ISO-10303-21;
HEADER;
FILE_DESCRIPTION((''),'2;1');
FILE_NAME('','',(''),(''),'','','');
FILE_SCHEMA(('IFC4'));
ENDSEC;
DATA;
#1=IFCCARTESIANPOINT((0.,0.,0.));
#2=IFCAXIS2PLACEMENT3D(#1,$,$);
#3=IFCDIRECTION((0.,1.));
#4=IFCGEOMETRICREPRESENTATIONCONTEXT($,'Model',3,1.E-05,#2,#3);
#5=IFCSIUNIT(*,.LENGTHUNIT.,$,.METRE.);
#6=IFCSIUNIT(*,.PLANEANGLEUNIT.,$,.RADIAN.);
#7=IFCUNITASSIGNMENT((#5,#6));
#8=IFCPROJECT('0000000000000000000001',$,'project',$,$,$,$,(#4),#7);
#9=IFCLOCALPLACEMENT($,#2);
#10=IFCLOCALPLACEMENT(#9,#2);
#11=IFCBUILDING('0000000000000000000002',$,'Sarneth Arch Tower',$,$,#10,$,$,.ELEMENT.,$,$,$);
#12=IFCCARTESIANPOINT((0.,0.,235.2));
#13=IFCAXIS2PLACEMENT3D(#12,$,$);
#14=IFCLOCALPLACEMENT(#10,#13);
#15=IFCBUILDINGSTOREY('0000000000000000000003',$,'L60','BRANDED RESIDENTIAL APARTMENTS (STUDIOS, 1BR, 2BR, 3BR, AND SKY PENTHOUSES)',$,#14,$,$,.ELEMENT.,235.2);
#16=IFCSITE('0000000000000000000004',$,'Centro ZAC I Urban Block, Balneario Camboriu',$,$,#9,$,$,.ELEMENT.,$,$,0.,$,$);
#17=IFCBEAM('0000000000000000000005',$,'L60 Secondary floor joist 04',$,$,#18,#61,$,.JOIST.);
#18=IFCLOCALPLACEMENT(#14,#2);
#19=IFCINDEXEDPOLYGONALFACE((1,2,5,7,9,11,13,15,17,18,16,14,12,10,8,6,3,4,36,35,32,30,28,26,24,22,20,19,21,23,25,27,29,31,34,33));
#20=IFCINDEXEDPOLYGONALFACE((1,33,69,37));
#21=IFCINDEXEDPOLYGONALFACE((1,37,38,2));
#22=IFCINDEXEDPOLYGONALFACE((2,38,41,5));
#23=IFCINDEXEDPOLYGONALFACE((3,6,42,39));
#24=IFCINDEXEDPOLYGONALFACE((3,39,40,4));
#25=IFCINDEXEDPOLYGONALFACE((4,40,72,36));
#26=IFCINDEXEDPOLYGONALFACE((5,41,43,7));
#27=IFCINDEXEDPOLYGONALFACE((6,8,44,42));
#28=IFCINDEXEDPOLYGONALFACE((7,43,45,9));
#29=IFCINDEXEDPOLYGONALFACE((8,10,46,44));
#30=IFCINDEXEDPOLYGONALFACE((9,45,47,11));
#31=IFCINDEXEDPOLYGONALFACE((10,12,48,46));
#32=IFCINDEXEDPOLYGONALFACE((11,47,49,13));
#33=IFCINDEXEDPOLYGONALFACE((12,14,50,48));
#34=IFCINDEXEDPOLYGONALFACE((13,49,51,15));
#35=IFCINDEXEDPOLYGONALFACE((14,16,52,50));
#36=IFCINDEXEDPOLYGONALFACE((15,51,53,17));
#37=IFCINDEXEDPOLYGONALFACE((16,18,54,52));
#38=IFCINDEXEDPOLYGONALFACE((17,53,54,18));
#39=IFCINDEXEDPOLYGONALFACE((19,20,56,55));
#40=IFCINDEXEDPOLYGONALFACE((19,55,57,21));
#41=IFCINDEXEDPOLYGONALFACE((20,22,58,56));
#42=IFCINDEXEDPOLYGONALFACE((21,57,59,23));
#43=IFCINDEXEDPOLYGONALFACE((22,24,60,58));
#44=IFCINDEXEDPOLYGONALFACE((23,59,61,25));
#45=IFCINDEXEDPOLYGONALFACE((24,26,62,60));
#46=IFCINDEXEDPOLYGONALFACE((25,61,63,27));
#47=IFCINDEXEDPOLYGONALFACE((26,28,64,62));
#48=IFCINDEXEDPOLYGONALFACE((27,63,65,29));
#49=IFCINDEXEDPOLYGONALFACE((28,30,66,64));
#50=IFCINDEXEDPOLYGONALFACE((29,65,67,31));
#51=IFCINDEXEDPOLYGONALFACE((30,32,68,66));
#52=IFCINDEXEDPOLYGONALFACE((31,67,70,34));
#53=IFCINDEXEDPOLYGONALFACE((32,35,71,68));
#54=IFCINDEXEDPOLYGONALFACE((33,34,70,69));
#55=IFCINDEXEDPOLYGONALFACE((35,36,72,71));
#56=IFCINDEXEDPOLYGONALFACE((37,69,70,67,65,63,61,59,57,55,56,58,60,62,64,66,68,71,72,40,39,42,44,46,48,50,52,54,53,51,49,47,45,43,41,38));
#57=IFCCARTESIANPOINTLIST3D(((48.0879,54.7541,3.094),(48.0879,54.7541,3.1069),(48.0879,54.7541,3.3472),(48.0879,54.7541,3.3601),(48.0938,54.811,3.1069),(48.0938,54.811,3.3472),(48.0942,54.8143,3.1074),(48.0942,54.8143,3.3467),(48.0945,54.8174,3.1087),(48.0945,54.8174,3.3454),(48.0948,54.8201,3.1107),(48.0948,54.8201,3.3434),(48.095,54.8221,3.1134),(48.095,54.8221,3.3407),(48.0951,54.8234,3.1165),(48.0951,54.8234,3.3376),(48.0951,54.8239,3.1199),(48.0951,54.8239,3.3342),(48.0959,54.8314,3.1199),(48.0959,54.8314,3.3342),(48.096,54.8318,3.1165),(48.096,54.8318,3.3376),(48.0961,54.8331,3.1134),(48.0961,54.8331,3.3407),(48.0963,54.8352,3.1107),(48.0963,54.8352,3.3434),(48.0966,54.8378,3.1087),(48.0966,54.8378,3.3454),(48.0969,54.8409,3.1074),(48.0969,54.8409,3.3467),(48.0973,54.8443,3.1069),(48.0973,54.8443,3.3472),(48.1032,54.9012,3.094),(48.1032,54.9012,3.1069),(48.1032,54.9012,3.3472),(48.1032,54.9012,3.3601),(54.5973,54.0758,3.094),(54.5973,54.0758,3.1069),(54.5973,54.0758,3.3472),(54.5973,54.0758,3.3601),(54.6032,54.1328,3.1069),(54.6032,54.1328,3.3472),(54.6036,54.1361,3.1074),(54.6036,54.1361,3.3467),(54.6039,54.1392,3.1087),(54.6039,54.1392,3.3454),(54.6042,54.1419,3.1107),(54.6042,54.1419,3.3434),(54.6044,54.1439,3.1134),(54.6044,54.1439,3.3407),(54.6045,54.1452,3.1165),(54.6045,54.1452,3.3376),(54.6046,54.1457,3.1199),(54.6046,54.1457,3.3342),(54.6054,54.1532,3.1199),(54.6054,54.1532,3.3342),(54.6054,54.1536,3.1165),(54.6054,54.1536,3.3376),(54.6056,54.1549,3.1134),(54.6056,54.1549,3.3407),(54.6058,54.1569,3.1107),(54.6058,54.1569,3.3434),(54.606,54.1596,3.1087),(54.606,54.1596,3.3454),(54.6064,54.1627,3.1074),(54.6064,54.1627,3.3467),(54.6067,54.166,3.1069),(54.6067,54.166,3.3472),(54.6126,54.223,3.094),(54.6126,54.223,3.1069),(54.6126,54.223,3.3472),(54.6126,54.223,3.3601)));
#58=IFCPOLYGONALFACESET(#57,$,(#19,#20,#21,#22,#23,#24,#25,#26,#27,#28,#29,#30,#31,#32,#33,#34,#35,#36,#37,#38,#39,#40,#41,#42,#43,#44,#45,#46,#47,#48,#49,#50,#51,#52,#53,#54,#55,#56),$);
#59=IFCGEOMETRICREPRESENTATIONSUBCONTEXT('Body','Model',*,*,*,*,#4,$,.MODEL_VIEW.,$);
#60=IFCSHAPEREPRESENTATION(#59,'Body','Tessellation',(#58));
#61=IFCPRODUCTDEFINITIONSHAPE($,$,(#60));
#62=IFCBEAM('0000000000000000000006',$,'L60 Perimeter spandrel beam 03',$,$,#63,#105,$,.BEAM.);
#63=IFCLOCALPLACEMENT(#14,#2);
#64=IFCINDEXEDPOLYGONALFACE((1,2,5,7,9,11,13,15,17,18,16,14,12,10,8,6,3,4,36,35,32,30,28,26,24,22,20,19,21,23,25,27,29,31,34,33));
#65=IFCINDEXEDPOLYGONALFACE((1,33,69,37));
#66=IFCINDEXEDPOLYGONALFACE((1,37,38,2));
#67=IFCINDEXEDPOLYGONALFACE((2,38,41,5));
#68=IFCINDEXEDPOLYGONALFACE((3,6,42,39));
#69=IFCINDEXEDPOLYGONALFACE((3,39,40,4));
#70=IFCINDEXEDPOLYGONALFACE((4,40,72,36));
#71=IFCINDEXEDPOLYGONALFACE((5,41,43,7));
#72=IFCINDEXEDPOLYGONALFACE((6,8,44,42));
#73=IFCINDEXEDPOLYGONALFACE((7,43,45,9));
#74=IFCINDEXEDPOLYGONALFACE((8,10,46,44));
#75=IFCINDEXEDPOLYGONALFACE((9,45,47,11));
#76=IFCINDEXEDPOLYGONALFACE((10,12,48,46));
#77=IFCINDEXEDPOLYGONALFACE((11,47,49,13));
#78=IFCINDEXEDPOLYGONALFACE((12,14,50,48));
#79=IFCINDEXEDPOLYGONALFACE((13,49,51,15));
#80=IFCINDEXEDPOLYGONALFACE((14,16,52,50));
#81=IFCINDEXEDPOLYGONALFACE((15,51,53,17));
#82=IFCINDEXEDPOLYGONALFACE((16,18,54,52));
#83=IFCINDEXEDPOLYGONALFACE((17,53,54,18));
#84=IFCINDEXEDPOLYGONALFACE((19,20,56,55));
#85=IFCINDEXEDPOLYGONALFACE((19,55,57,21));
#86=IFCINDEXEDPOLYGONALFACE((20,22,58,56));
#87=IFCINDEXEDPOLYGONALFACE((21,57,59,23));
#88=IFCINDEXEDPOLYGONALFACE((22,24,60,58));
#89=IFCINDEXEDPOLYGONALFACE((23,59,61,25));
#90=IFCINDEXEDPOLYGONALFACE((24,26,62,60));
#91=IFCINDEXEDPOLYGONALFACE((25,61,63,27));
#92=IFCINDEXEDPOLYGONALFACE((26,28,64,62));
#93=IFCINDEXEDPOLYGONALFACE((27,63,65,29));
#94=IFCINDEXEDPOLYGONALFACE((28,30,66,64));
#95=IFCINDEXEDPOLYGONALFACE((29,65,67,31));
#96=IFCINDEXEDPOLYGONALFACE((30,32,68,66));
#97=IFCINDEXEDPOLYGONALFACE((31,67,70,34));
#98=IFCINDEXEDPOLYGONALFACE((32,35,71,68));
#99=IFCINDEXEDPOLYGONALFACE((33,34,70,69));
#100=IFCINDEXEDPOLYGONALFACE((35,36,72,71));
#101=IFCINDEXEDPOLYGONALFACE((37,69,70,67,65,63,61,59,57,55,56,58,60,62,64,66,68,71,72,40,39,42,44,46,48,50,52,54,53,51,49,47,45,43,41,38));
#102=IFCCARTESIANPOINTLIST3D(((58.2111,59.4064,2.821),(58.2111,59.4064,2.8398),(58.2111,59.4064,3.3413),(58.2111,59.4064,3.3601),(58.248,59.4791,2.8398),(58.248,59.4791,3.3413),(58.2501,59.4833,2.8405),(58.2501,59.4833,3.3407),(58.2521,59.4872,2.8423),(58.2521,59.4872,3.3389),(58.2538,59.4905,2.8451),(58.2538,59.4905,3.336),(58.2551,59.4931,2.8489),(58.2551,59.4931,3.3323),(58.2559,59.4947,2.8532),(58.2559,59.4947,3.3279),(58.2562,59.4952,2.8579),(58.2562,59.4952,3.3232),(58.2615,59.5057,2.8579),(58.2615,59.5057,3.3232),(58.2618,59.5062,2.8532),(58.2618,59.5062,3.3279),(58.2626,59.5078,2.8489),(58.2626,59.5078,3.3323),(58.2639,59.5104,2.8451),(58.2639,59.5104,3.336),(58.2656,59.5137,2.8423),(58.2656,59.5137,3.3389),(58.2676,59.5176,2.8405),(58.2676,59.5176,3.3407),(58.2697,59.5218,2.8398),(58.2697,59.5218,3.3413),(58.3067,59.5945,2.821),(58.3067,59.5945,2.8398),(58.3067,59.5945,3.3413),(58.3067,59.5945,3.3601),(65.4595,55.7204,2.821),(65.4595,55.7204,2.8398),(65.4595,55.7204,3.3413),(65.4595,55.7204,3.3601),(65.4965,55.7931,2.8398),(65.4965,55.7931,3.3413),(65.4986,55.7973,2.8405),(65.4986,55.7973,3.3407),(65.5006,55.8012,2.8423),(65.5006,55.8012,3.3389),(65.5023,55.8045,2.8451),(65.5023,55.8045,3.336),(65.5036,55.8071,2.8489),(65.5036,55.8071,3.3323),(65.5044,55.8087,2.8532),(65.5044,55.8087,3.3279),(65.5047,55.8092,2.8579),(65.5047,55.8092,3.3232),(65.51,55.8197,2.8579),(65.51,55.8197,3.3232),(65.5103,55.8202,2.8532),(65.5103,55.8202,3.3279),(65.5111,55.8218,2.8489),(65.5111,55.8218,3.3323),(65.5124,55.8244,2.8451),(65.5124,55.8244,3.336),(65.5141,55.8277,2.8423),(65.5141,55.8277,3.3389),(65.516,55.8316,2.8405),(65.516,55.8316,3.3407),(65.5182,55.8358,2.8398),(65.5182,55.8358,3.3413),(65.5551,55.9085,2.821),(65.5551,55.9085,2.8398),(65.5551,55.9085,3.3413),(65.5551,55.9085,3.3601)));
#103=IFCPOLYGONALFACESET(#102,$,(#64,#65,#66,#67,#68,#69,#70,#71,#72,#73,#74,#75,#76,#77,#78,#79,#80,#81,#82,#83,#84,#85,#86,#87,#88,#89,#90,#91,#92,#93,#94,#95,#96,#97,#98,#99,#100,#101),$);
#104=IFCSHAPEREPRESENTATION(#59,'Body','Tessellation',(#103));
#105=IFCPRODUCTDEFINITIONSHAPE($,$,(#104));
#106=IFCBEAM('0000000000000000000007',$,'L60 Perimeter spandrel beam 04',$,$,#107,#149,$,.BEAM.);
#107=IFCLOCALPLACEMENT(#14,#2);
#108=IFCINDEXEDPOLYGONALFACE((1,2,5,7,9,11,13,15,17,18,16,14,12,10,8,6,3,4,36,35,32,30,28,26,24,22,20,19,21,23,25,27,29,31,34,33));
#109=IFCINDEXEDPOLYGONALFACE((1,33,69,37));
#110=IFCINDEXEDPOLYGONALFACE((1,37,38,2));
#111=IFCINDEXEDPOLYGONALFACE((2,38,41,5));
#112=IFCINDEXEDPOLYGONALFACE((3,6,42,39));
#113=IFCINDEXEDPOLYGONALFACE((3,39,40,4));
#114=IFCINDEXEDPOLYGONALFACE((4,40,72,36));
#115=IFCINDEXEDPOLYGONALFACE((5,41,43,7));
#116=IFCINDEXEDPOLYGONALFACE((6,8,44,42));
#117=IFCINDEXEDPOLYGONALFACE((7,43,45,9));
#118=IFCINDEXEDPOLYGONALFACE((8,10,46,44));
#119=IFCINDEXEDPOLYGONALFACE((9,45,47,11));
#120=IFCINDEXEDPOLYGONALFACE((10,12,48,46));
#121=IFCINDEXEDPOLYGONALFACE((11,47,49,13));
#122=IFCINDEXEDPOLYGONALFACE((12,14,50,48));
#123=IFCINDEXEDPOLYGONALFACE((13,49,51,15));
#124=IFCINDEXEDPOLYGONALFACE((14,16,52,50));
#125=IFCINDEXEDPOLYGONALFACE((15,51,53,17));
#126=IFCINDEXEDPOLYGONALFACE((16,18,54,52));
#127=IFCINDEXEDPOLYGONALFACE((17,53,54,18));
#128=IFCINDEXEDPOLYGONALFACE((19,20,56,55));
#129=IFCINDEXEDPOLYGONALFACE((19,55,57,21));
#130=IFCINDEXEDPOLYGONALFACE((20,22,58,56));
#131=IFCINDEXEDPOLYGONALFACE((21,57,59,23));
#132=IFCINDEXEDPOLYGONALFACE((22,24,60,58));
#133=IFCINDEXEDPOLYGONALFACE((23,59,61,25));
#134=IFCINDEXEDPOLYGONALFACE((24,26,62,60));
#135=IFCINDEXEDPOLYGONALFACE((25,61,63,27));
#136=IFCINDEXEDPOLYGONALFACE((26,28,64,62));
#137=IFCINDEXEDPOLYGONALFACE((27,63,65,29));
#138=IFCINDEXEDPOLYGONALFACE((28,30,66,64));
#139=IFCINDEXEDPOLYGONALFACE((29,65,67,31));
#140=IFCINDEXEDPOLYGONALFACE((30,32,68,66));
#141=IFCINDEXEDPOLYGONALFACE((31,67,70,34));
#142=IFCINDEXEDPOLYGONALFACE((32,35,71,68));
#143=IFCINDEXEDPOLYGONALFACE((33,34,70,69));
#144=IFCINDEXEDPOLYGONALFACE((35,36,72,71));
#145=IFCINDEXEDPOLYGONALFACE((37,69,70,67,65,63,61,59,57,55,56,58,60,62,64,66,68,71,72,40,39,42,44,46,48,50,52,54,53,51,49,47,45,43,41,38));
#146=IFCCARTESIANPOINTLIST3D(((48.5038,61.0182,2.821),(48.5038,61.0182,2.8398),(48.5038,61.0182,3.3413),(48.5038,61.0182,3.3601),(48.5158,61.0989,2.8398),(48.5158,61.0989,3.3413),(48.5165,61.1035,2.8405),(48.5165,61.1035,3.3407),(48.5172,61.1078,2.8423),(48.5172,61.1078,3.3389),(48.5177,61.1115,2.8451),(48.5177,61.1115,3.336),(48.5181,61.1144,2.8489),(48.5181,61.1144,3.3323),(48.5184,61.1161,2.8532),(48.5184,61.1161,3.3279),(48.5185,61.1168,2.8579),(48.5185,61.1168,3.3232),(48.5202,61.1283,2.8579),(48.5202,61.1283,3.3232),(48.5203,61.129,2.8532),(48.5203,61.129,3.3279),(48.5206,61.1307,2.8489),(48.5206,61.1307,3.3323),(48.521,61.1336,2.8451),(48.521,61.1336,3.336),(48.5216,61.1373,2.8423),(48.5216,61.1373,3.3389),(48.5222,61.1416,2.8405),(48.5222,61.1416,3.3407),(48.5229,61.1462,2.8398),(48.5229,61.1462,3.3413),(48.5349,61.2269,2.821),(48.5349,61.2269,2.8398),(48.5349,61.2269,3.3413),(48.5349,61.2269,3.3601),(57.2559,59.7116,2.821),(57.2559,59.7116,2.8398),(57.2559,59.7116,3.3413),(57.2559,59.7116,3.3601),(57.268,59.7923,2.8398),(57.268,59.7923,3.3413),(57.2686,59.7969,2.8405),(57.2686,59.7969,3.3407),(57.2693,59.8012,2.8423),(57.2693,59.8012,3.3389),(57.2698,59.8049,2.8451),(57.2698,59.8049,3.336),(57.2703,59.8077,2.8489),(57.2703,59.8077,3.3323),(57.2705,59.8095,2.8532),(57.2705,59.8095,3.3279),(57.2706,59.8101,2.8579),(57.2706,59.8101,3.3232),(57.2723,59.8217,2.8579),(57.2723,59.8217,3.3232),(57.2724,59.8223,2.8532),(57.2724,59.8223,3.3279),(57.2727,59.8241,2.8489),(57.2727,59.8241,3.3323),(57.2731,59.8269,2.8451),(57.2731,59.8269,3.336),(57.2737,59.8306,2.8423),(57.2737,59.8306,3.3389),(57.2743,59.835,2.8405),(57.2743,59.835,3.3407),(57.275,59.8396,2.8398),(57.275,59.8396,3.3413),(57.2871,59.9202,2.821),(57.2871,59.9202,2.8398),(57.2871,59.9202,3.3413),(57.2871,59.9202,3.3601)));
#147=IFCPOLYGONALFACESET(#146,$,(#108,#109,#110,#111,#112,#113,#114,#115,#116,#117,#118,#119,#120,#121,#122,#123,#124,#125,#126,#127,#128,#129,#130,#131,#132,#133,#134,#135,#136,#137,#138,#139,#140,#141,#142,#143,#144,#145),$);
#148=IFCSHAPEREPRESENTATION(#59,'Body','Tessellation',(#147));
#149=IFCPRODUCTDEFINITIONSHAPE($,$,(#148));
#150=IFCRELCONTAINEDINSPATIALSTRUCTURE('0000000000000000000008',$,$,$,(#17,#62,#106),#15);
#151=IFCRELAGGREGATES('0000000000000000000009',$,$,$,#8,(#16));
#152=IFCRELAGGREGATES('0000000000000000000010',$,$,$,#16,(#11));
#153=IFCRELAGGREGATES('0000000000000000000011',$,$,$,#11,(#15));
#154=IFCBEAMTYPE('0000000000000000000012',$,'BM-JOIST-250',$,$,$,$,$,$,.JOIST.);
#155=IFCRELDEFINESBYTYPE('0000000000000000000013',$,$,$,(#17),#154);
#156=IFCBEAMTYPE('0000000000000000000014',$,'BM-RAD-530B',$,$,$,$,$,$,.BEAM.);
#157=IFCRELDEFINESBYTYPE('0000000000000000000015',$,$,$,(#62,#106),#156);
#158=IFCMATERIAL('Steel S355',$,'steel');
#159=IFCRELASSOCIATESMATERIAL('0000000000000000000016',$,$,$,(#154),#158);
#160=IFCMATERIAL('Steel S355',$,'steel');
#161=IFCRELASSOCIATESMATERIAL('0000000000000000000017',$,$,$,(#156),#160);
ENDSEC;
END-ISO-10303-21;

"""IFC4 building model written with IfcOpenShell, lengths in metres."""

from ifc_helpers import new_model, si_unit, direction, frame, origin, origin_2d, place, context, subcontext, project, spatial, i_section, extrude, material, material_profile, profile_set, type_object, element, save


model = new_model("IFC4")

# Units and contexts
model_context = context("Model", 3, precision=1e-05, world=origin(), true_north=direction((0.0, 1.0)))
body_context = subcontext(model_context, "Body", "Model", "MODEL_VIEW")
ifc_project = project(units=[si_unit("LENGTHUNIT", "METRE"), si_unit("PLANEANGLEUNIT", "RADIAN")], contexts=[model_context])

# Site, building, storey
site_placement = place(None, origin())
site = spatial("IfcSite", under=ifc_project, at=site_placement, Name="Centro ZAC I Urban Block, Balneario Camboriu", CompositionType="ELEMENT", RefElevation=0.0)
building_placement = place(site_placement, origin())
building = spatial("IfcBuilding", under=site, at=building_placement, Name="Sarneth Arch Tower", CompositionType="ELEMENT")
storey_placement = place(building_placement, frame((0.0, 0.0, 235.2)))
storey = spatial("IfcBuildingStorey", under=building, at=storey_placement, Name="L60", Description="BRANDED RESIDENTIAL APARTMENTS (STUDIOS, 1BR, 2BR, 3BR, AND SKY PENTHOUSES)", CompositionType="ELEMENT", Elevation=235.2)

# Beams
ifc_material_1 = material(Name="Steel S355", Category="steel")
ifc_material_profile_1 = material_profile(ifc_material_1, i_section(OverallWidth=0.1479, OverallDepth=0.2661, WebThickness=0.0076, FlangeThickness=0.0129, FilletRadius=0.0129, at=origin_2d()), Name="W250x44.8")
ifc_profile_set_1 = profile_set([ifc_material_profile_1], Name="Steel S355")
beam_type_1 = type_object("IfcBeamType", Name="BM-JOIST-250", PredefinedType="JOIST", material=ifc_profile_set_1)
beam_1_placement = place(storey_placement, frame((54.605, 54.1494, 3.2271), z_axis=(-0.994616, 0.103628, 0.0), x_axis=(-0.103628, -0.994616, 0.0)))
element("IfcBeam", 1, at=beam_1_placement, inside=storey, type_object=beam_type_1, Name="L60 Secondary floor joist 04", PredefinedType="JOIST", context=body_context, shape_type="SweptSolid", body=[
    extrude(i_section(OverallWidth=0.1479, OverallDepth=0.2661, WebThickness=0.0076, FlangeThickness=0.0129, FilletRadius=0.0129, at=origin_2d()), origin(), (0.0, 0.0, 1.0), 6.5447),
])
ifc_material_2 = material(Name="Steel S355", Category="steel")
ifc_material_profile_2 = material_profile(ifc_material_2, i_section(OverallWidth=0.2109, OverallDepth=0.5391, WebThickness=0.0117, FlangeThickness=0.0188, FilletRadius=0.0181, at=origin_2d()), Name="W530x109")
ifc_profile_set_2 = profile_set([ifc_material_profile_2], Name="Steel S355")
beam_type_2 = type_object("IfcBeamType", Name="BM-RAD-530B", PredefinedType="BEAM", material=ifc_profile_set_2)
beam_2_placement = place(storey_placement, frame((65.5073, 55.8145, 3.0906), z_axis=(-0.891368, 0.45328, 0.0), x_axis=(-0.45328, -0.891368, 0.0)))
element("IfcBeam", 2, at=beam_2_placement, inside=storey, type_object=beam_type_2, Name="L60 Perimeter spandrel beam 03", PredefinedType="BEAM", context=body_context, shape_type="SweptSolid", body=[
    extrude(i_section(OverallWidth=0.2109, OverallDepth=0.5391, WebThickness=0.0117, FlangeThickness=0.0188, FilletRadius=0.0181, at=origin_2d()), origin(), (0.0, 0.0, 1.0), 8.1318),
])
beam_3_placement = place(storey_placement, frame((57.2715, 59.8159, 3.0906), z_axis=(-0.989039, 0.147656, 0.0), x_axis=(-0.147656, -0.989039, 0.0)))
element("IfcBeam", 3, at=beam_3_placement, inside=storey, type_object=beam_type_2, Name="L60 Perimeter spandrel beam 04", PredefinedType="BEAM", context=body_context, shape_type="SweptSolid", body=[
    extrude(i_section(OverallWidth=0.2109, OverallDepth=0.5391, WebThickness=0.0117, FlangeThickness=0.0188, FilletRadius=0.0181, at=origin_2d()), origin(), (0.0, 0.0, 1.0), 8.8491),
])

save(model, "model.ifc")
